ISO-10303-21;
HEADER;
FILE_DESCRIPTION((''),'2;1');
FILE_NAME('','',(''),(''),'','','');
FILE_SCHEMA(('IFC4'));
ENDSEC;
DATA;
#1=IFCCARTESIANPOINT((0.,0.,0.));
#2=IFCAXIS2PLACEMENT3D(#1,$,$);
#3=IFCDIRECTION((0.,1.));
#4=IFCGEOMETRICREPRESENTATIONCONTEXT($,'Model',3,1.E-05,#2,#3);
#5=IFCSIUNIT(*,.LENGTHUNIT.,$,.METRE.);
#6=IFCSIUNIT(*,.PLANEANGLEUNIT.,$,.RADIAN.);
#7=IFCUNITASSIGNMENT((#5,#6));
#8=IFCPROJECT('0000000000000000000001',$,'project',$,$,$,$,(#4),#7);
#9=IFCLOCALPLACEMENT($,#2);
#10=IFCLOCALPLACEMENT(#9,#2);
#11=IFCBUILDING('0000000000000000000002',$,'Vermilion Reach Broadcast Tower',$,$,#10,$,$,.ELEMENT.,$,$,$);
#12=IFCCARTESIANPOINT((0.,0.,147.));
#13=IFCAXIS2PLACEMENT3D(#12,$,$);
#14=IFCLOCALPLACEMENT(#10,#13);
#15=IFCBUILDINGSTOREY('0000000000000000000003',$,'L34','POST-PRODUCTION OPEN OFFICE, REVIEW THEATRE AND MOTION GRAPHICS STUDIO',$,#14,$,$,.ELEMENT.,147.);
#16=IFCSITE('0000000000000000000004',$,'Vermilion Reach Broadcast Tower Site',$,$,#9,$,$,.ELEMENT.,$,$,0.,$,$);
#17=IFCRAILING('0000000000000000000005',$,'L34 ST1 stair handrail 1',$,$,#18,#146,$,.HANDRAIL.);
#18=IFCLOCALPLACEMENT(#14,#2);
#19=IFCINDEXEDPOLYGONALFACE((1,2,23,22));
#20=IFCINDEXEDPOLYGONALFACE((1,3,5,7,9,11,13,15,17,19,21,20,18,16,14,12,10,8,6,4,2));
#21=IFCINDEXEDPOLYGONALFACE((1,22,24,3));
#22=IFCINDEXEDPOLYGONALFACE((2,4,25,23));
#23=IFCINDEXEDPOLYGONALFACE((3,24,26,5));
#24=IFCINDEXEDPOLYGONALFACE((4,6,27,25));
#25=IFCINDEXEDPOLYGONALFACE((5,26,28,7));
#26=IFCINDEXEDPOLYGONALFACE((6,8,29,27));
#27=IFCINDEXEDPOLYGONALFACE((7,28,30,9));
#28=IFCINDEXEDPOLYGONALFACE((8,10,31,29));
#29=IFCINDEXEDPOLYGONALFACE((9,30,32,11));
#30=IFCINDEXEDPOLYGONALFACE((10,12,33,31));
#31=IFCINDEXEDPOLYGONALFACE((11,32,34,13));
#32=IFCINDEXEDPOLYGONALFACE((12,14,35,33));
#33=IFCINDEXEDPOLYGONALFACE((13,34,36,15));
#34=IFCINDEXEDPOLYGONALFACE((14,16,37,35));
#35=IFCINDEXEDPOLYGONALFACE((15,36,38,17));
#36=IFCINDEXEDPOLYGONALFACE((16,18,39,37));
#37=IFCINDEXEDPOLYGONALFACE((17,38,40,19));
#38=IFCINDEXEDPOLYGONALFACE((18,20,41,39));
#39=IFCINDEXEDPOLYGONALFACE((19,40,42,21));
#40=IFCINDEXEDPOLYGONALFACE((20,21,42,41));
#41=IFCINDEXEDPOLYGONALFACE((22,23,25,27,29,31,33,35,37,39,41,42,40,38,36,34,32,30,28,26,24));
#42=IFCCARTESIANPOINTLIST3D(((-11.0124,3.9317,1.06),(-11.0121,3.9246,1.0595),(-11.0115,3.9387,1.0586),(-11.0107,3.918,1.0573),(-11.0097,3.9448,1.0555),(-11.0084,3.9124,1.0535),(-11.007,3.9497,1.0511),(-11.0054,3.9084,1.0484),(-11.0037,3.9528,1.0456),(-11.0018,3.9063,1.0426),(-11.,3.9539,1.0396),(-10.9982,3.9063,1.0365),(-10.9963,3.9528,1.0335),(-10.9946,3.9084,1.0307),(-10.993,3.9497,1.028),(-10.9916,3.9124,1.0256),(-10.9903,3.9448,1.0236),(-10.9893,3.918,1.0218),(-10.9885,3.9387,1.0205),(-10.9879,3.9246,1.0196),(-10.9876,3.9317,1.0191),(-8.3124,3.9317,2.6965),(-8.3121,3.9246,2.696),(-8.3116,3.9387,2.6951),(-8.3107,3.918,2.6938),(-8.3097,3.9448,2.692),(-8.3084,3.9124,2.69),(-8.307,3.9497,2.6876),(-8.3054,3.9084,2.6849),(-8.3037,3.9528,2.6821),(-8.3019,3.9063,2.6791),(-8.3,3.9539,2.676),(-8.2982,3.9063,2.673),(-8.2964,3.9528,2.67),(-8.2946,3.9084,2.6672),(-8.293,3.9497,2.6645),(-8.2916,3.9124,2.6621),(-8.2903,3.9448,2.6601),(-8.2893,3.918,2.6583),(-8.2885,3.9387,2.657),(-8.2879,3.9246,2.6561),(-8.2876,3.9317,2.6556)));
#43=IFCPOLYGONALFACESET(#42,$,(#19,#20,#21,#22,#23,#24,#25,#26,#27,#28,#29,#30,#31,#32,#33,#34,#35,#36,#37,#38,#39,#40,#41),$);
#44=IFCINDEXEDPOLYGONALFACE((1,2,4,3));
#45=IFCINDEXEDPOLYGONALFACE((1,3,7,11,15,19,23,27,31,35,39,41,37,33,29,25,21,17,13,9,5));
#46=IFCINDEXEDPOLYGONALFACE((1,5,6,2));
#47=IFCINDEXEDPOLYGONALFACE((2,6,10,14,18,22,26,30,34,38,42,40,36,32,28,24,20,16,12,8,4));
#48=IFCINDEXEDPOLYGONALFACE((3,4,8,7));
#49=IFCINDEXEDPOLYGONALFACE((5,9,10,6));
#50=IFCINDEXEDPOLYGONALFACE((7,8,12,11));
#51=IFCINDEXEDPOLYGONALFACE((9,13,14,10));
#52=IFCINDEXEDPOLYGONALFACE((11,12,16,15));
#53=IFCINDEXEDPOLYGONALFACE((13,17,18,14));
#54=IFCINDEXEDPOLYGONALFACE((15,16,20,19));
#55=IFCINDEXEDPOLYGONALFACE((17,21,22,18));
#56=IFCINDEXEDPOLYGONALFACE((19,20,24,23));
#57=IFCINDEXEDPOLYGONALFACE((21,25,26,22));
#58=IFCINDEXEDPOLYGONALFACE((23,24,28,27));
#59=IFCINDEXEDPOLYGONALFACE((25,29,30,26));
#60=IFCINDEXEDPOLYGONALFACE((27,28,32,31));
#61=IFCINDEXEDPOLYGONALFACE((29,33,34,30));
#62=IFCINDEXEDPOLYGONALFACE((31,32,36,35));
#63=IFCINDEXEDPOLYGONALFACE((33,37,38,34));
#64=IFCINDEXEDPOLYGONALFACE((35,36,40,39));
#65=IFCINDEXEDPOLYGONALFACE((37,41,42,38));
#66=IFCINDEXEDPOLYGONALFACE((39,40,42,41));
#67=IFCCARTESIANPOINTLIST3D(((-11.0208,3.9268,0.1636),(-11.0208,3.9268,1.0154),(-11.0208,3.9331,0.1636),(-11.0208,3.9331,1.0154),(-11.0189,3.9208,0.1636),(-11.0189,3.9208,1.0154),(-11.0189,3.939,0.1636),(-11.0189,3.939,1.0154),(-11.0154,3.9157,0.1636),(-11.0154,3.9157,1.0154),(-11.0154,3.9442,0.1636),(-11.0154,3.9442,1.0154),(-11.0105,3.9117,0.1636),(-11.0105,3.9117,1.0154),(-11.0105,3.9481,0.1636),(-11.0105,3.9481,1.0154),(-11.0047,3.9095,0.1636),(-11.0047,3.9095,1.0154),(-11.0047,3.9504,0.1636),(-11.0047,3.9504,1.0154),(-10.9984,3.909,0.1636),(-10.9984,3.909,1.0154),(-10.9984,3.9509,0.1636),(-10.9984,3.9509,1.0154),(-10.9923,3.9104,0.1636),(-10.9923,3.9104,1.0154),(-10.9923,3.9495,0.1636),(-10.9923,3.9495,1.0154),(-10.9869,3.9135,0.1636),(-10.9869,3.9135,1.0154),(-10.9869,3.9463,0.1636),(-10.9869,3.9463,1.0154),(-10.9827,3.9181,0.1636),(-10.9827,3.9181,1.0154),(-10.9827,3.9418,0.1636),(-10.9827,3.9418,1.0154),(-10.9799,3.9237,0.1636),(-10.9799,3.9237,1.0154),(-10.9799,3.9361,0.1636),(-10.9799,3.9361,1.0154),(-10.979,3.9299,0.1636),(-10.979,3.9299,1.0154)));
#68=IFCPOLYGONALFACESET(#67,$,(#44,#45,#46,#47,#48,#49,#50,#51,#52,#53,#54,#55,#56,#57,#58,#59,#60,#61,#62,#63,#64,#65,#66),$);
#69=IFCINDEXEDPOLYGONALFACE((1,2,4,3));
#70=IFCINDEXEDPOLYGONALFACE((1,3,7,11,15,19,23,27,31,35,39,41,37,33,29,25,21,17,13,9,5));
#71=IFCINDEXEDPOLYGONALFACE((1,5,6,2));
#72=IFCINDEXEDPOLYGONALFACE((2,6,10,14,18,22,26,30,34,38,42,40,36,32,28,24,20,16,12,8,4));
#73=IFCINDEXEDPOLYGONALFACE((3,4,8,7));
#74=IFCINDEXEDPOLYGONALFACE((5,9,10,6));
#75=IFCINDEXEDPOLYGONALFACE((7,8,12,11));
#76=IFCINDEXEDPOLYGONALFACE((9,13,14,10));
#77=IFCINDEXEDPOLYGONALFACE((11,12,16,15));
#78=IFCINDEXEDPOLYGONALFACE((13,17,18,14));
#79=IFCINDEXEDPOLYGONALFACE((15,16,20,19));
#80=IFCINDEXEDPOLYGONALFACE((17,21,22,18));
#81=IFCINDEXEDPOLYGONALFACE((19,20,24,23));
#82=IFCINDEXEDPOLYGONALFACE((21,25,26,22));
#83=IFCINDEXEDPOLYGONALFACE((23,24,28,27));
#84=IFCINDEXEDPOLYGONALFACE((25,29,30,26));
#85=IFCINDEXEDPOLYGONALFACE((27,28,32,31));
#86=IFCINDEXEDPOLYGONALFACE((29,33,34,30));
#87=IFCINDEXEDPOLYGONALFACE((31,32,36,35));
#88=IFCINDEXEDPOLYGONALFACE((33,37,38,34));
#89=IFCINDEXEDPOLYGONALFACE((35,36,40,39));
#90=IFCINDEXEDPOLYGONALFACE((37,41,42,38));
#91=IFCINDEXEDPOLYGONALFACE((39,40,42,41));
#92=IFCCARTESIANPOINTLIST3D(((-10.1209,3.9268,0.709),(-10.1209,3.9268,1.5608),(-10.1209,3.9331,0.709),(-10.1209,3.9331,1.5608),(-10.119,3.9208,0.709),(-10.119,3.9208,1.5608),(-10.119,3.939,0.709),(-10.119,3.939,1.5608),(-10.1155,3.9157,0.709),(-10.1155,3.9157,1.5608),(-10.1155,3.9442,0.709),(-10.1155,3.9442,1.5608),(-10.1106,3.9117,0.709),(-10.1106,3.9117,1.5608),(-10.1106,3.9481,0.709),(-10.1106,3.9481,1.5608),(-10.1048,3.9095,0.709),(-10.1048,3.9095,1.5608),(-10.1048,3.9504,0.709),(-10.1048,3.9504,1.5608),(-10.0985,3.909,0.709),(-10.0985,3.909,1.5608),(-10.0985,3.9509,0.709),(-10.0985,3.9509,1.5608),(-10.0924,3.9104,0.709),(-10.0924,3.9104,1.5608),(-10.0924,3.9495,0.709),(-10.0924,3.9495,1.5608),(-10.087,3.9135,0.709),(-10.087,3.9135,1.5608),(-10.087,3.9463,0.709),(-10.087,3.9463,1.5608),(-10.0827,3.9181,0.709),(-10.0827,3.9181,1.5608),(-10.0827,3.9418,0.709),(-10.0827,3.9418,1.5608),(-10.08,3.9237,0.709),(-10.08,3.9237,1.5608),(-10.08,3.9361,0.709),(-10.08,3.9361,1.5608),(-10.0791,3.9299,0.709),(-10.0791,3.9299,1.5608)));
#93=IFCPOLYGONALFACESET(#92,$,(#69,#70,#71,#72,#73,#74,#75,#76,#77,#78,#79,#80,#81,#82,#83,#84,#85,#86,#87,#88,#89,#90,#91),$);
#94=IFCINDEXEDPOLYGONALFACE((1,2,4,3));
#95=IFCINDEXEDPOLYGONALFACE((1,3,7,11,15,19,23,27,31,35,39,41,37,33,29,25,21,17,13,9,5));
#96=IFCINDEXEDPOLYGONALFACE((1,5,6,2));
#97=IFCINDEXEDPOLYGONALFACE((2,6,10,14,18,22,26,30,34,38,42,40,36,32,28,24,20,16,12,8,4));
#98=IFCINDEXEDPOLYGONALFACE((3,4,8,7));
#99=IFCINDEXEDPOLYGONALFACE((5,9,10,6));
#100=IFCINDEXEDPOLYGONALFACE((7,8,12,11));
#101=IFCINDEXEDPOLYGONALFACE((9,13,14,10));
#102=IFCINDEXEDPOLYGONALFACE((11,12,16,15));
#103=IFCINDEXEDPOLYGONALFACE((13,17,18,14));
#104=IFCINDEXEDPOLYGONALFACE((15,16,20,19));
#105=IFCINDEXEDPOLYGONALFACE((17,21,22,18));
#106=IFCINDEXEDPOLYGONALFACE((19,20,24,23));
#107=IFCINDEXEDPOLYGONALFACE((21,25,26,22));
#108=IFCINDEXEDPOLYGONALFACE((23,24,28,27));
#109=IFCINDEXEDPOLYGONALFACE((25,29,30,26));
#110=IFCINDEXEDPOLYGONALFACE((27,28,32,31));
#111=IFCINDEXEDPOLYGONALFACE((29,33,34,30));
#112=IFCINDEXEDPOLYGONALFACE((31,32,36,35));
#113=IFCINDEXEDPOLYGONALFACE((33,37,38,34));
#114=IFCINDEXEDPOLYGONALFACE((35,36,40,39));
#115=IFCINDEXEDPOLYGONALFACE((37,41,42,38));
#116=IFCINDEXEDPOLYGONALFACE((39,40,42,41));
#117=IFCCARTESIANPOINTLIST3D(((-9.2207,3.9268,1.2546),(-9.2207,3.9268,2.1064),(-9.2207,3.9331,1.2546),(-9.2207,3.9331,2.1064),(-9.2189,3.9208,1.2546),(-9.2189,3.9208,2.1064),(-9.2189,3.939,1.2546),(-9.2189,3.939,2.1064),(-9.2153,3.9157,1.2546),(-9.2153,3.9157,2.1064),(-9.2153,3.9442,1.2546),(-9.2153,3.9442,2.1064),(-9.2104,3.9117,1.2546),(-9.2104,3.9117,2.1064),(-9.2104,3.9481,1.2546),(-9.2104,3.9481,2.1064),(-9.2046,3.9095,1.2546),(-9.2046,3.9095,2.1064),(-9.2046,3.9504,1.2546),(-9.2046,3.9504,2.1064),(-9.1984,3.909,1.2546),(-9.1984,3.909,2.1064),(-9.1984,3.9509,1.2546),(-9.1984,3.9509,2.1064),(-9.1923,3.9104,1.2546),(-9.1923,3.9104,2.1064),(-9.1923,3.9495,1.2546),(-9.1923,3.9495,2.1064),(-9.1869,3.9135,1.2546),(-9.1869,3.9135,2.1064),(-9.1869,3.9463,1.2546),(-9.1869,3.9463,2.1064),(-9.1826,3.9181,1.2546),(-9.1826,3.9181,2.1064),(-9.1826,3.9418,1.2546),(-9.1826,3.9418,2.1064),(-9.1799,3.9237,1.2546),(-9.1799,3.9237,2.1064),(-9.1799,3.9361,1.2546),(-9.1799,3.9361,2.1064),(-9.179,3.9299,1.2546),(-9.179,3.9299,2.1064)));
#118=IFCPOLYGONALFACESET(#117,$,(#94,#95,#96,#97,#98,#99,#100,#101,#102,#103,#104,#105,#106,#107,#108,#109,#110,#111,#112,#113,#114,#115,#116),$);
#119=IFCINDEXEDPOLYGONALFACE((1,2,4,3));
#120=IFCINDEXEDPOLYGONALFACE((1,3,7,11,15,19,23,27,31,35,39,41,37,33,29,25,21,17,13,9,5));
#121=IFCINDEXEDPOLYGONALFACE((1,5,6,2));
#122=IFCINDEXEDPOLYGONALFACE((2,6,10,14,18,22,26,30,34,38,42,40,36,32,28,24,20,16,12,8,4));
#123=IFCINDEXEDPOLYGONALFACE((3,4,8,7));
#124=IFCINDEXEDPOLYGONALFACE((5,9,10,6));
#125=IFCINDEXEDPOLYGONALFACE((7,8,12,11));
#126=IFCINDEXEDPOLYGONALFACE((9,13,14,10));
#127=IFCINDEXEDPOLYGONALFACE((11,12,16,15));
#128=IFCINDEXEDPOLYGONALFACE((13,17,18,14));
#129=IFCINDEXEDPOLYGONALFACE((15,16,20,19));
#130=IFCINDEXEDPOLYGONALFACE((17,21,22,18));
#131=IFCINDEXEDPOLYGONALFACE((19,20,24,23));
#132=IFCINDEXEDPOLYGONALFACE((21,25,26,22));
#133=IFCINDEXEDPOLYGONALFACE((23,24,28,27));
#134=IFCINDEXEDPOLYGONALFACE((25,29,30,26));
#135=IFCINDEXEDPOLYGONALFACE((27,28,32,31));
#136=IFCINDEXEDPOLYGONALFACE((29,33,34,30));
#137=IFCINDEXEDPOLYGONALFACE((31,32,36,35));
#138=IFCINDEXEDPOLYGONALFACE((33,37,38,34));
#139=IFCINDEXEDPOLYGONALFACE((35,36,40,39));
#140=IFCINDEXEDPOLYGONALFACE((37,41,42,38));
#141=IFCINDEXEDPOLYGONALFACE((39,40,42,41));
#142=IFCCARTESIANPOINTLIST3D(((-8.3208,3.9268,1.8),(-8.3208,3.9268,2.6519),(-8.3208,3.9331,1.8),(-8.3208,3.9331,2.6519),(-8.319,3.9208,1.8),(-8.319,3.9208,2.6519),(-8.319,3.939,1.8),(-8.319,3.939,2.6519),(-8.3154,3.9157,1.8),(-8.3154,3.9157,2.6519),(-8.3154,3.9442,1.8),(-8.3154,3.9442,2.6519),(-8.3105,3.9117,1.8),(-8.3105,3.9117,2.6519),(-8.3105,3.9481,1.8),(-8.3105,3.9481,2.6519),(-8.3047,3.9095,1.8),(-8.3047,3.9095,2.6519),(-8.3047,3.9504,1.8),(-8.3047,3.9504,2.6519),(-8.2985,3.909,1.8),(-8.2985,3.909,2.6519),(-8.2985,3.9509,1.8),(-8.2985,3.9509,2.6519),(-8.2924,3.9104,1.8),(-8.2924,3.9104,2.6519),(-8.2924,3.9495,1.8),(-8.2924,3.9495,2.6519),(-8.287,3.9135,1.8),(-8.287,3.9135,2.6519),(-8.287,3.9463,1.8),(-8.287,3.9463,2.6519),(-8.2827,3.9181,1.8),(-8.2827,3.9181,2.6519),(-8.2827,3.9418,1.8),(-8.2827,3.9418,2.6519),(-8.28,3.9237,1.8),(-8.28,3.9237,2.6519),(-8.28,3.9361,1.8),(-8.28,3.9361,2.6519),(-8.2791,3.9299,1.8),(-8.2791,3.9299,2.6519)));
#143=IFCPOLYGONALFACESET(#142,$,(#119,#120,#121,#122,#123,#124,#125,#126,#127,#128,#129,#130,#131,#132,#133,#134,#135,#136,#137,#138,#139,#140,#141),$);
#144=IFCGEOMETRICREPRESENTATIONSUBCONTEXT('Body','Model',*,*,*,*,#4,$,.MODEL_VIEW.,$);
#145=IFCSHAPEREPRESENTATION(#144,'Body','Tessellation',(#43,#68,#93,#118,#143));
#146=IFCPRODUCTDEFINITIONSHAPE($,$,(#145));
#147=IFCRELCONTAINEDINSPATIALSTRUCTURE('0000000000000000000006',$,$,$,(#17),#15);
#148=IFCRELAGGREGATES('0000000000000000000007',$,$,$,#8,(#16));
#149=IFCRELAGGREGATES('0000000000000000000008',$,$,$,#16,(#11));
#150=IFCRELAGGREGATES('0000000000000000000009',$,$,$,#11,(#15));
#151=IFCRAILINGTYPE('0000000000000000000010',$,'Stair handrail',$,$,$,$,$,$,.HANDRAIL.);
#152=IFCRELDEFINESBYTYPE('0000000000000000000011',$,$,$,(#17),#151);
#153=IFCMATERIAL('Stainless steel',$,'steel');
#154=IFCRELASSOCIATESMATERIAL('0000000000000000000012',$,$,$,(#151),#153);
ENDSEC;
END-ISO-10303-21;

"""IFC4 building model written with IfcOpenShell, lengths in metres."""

from ifc_helpers import new_model, si_unit, direction, frame, origin, origin_2d, place, context, subcontext, project, spatial, circle, extrude, material, type_object, element, save


model = new_model("IFC4")

# Units and contexts
model_context = context("Model", 3, precision=1e-05, world=origin(), true_north=direction((0.0, 1.0)))
body_context = subcontext(model_context, "Body", "Model", "MODEL_VIEW")
ifc_project = project(units=[si_unit("LENGTHUNIT", "METRE"), si_unit("PLANEANGLEUNIT", "RADIAN")], contexts=[model_context])

# Site, building, storey
site_placement = place(None, origin())
site = spatial("IfcSite", under=ifc_project, at=site_placement, Name="Vermilion Reach Broadcast Tower Site", CompositionType="ELEMENT", RefElevation=0.0)
building_placement = place(site_placement, origin())
building = spatial("IfcBuilding", under=site, at=building_placement, Name="Vermilion Reach Broadcast Tower", CompositionType="ELEMENT")
storey_placement = place(building_placement, frame((0.0, 0.0, 147.0)))
storey = spatial("IfcBuildingStorey", under=building, at=storey_placement, Name="L34", Description="POST-PRODUCTION OPEN OFFICE, REVIEW THEATRE AND MOTION GRAPHICS STUDIO", CompositionType="ELEMENT", Elevation=147.0)

# Railing
ifc_material_1 = material(Name="Stainless steel", Category="steel")
railing_type_1 = type_object("IfcRailingType", Name="Stair handrail", PredefinedType="HANDRAIL", material=ifc_material_1)
railing_1_placement = place(storey_placement, frame((-11.0, 3.9299, 0.1636)))
element("IfcRailing", 1, at=railing_1_placement, inside=storey, type_object=railing_type_1, Name="L34 ST1 stair handrail 1", PredefinedType="HANDRAIL", context=body_context, shape_type="SweptSolid", body=[
    extrude(circle(Radius=0.0239, at=origin_2d()), frame((0.0, 0.0, 0.876), z_axis=(0.855178, 0.0, 0.518334), x_axis=(0.0, 1.0, 0.0)), (0.0, 0.0, 1.0), 3.1572),
    extrude(circle(Radius=0.021, at=origin_2d()), origin(), (0.0, 0.0, 1.0), 0.8518),
    extrude(circle(Radius=0.021, at=origin_2d()), frame((0.8999, 0.0, 0.5454)), (0.0, 0.0, 1.0), 0.8518),
    extrude(circle(Radius=0.021, at=origin_2d()), frame((1.8, 0.0, 1.0911)), (0.0, 0.0, 1.0), 0.8518),
    extrude(circle(Radius=0.021, at=origin_2d()), frame((2.7, 0.0, 1.6365)), (0.0, 0.0, 1.0), 0.8518),
])

save(model, "model.ifc")
